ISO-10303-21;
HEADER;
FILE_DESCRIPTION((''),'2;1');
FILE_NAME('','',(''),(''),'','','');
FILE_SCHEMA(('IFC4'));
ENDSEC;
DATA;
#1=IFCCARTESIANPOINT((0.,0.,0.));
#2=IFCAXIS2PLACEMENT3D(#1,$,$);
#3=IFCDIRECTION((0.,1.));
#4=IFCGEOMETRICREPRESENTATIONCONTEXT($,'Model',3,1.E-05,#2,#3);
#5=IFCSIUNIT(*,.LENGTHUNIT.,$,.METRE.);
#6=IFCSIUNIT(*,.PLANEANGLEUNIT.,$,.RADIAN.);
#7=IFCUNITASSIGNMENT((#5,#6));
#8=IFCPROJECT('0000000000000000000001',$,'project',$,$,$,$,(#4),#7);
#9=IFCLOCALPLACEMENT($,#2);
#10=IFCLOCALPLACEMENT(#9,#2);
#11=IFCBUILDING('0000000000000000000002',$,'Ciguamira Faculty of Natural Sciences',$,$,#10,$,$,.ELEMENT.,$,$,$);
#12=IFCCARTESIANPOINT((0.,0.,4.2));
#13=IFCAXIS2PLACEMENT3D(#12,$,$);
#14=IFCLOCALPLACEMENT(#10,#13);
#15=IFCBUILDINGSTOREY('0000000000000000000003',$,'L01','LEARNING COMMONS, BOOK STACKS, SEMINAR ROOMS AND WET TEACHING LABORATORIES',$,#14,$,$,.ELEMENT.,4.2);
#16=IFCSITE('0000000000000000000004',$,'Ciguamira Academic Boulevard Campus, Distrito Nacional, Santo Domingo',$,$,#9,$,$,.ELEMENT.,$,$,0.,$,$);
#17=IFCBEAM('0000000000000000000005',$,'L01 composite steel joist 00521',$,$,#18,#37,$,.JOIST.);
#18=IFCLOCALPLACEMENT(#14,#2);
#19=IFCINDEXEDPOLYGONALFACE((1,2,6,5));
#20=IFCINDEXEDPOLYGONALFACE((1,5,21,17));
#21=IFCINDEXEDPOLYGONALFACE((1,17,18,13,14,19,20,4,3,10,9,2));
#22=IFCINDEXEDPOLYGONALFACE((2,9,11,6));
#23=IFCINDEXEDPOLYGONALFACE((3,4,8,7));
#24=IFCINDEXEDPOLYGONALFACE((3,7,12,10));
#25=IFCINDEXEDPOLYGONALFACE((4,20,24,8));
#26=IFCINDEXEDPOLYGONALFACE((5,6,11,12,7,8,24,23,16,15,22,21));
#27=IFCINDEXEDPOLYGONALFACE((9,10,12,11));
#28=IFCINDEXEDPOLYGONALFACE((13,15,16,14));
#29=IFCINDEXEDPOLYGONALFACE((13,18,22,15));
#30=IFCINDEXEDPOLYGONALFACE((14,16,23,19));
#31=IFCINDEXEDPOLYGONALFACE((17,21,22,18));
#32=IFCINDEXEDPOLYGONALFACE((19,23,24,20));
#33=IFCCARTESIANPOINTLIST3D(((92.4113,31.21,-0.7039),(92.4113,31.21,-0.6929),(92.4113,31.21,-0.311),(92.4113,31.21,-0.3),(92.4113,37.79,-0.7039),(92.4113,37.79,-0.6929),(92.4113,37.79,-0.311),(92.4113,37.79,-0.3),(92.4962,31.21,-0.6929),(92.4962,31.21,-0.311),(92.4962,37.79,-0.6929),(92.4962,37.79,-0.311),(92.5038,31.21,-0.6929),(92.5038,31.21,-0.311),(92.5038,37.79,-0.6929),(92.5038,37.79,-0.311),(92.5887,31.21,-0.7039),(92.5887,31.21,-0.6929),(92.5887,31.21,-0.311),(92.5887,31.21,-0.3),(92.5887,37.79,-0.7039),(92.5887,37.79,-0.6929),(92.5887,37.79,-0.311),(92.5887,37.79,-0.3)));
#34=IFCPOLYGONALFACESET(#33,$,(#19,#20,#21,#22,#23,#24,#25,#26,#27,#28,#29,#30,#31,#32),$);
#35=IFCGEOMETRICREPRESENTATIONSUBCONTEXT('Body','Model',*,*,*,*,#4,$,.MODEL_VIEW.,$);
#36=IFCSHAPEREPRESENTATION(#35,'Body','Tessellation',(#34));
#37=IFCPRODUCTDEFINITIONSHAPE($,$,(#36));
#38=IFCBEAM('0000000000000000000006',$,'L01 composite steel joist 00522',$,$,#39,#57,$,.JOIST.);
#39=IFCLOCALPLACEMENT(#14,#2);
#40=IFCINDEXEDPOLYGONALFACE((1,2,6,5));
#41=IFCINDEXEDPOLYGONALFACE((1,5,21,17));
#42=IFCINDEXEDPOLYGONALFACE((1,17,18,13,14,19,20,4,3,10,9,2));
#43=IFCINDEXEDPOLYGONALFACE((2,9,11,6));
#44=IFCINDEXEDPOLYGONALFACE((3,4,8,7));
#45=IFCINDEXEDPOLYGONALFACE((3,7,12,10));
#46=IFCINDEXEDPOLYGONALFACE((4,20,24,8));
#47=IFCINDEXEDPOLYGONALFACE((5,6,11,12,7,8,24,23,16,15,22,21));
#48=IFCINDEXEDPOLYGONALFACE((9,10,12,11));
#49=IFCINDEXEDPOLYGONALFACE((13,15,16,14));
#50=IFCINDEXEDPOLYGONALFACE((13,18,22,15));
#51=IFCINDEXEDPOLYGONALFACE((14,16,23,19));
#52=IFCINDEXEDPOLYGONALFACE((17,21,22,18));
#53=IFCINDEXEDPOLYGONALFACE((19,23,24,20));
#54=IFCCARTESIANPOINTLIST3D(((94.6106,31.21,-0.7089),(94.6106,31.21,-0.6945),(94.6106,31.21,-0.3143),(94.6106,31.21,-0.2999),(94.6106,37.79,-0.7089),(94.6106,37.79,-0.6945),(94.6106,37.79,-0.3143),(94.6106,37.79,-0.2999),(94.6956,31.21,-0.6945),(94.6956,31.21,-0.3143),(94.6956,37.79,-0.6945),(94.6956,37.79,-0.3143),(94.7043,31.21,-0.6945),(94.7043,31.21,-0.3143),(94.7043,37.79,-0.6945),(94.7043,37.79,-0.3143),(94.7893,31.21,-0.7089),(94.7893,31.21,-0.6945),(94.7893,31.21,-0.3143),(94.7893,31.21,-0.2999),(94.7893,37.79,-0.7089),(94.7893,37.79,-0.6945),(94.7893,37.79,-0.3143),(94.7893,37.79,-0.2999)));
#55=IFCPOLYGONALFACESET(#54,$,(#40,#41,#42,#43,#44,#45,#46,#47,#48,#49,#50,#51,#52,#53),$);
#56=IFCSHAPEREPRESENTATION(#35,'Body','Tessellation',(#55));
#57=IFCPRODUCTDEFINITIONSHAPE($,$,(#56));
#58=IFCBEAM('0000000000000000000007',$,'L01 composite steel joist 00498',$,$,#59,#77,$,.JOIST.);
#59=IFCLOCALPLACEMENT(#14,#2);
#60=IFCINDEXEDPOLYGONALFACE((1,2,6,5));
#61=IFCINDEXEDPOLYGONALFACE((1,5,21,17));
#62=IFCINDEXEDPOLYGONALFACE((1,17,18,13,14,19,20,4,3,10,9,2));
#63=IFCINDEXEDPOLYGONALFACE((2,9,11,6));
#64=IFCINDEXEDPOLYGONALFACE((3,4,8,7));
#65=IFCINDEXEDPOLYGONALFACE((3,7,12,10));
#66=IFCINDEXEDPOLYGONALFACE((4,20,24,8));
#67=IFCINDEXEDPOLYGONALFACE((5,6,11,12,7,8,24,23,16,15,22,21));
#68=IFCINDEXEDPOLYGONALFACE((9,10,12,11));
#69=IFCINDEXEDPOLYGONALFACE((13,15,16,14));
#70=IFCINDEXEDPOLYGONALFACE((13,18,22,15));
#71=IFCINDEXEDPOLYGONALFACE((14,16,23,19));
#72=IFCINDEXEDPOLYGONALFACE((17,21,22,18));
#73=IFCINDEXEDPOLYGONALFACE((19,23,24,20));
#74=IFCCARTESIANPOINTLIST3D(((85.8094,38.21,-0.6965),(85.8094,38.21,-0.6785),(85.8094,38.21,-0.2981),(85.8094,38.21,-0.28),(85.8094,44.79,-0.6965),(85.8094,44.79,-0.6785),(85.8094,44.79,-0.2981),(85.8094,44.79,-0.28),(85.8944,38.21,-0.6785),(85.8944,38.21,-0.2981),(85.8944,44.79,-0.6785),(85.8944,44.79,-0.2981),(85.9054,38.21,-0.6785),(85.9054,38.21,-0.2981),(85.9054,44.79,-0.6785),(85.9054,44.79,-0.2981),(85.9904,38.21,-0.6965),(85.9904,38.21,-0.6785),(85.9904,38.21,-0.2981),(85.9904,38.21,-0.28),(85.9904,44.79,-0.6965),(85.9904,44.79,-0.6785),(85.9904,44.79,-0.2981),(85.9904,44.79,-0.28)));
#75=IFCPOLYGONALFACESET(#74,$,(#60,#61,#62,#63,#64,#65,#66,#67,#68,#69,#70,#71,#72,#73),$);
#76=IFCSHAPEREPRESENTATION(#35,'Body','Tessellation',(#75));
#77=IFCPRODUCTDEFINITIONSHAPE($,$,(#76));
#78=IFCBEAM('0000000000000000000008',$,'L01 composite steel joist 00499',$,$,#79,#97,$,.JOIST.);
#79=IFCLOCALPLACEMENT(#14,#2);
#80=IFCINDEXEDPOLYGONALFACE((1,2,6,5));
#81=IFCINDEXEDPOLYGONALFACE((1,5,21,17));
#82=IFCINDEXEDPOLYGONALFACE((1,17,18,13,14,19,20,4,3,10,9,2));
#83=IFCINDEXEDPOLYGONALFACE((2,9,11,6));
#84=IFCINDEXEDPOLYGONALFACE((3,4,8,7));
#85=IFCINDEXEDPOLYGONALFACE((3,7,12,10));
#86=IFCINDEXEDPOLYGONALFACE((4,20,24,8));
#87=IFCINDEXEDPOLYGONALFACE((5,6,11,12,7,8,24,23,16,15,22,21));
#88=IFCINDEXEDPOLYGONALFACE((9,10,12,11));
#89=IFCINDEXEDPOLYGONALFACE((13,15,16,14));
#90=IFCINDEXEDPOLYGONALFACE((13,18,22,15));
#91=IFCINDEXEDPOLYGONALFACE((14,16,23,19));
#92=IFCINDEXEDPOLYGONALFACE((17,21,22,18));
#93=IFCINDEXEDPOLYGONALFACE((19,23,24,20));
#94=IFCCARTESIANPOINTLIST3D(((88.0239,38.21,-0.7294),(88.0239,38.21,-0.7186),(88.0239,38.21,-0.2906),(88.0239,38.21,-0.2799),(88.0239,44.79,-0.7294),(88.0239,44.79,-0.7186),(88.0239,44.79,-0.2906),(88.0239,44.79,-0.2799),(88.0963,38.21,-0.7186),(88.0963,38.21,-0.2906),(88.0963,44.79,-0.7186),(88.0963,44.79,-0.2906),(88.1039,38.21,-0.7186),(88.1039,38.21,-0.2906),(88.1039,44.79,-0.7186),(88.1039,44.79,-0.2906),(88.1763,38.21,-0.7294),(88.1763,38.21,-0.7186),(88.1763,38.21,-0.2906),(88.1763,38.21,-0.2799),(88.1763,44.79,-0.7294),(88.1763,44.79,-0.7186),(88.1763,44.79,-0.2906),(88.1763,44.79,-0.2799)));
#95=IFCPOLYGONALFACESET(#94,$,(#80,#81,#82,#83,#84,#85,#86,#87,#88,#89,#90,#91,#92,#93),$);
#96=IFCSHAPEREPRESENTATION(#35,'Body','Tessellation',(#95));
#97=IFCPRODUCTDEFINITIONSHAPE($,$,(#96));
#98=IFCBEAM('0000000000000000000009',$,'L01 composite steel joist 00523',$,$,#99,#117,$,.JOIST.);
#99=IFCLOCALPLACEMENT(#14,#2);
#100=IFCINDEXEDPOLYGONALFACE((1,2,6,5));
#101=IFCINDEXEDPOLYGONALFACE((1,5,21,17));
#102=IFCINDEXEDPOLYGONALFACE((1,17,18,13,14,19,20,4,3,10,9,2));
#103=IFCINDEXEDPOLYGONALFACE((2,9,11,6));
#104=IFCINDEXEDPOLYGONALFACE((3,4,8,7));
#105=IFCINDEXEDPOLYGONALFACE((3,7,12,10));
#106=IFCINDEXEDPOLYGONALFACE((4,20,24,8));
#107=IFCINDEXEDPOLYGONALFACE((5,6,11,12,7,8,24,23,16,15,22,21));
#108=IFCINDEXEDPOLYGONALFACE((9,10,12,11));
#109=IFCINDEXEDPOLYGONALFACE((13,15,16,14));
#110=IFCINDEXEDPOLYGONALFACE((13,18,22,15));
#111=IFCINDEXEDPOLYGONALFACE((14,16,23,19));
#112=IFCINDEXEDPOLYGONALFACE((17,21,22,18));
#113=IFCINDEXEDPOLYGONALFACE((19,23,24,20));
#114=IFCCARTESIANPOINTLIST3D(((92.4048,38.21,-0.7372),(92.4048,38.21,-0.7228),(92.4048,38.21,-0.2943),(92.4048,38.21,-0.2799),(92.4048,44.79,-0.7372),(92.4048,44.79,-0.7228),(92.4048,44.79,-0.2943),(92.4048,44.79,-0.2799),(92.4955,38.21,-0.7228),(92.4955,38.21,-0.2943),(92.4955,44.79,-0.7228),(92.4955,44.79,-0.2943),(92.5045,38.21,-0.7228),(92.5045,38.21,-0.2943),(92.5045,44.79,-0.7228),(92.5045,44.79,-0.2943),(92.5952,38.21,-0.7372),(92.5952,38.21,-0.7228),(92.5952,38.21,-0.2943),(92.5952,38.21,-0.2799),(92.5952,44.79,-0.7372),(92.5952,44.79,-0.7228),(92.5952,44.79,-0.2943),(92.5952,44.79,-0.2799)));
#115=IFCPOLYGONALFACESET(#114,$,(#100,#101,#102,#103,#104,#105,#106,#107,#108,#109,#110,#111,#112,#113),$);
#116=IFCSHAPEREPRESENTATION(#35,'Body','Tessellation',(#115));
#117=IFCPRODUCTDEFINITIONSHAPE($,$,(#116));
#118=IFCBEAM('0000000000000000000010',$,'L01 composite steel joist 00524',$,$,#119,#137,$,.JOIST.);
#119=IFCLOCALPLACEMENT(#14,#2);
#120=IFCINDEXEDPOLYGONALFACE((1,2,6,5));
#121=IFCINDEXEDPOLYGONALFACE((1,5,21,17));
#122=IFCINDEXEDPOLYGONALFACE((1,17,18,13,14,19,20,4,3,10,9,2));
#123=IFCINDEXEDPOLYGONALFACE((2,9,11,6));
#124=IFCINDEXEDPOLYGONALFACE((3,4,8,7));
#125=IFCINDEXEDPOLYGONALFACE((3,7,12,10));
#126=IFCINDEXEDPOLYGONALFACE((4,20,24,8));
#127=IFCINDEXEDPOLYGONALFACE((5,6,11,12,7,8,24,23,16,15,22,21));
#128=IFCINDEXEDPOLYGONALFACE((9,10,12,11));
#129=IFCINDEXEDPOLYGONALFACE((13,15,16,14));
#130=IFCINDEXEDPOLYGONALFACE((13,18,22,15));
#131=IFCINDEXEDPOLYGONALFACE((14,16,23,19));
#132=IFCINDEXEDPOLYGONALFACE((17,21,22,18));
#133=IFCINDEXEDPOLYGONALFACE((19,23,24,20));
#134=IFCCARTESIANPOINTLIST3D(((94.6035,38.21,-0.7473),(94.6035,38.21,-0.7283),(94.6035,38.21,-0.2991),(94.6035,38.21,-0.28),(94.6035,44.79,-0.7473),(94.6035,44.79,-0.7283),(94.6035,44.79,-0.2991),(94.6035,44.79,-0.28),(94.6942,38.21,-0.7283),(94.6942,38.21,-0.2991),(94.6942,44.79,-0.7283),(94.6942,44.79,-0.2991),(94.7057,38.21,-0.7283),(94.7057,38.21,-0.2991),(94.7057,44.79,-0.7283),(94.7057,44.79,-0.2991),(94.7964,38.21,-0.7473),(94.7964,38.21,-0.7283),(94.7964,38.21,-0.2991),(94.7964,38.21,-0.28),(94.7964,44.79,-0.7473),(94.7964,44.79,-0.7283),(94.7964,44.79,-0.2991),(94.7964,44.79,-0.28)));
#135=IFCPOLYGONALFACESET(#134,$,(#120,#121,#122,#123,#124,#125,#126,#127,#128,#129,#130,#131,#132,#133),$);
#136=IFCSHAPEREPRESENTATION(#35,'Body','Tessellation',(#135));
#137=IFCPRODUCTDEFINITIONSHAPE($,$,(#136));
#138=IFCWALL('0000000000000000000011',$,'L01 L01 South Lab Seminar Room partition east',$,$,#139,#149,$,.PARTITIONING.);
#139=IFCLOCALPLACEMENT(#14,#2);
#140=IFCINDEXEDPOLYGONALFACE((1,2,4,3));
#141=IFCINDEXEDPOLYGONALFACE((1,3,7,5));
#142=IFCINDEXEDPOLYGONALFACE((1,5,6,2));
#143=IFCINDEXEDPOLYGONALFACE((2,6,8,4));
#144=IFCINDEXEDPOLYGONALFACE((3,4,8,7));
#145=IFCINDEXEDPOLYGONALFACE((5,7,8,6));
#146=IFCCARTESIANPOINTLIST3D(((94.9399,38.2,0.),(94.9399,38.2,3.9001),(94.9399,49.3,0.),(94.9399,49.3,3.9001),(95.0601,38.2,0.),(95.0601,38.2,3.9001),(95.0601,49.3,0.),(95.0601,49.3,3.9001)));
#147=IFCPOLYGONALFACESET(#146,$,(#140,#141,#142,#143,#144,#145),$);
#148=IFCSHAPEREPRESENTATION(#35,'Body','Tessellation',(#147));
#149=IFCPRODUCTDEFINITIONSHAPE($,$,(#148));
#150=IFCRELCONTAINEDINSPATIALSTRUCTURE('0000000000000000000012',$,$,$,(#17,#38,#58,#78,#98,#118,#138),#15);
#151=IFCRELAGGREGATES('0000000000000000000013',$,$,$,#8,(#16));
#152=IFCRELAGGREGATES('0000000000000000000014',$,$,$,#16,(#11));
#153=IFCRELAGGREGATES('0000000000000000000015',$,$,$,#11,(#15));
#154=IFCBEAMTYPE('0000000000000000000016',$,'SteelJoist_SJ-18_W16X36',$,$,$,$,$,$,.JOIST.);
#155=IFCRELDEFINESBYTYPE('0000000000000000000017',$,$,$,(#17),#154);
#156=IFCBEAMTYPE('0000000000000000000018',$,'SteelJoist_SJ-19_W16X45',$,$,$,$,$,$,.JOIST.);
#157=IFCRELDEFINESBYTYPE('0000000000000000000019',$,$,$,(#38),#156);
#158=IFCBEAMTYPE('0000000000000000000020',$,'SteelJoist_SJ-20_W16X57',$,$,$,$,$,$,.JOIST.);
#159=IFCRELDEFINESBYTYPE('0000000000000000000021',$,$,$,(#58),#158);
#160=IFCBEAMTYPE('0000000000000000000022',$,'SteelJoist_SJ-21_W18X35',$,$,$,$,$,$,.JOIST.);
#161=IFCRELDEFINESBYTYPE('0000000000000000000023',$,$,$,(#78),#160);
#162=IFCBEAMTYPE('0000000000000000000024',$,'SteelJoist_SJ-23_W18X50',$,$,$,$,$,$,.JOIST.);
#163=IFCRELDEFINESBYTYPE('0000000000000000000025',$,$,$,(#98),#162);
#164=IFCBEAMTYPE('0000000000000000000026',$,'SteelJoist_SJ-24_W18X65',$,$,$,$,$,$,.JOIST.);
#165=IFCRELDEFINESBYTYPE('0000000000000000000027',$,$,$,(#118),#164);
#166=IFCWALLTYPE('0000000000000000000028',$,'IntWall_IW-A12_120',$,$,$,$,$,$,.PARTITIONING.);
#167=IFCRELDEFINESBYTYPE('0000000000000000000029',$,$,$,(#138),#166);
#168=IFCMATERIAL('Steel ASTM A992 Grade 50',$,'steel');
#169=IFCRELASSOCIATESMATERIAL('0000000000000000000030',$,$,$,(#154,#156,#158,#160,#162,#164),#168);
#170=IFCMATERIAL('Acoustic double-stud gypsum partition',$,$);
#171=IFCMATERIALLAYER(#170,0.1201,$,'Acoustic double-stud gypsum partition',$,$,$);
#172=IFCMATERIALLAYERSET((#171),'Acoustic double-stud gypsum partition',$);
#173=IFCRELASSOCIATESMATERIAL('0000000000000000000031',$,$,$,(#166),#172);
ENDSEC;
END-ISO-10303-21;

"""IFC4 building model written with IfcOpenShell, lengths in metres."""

from ifc_helpers import new_model, si_unit, direction, frame, frame_2d, origin, origin_2d, place, context, subcontext, project, spatial, rectangle, i_section, extrude, material, layer, layer_set, material_profile, profile_set, type_object, element, save


model = new_model("IFC4")

# Units and contexts
model_context = context("Model", 3, precision=1e-05, world=origin(), true_north=direction((0.0, 1.0)))
body_context = subcontext(model_context, "Body", "Model", "MODEL_VIEW")
ifc_project = project(units=[si_unit("LENGTHUNIT", "METRE"), si_unit("PLANEANGLEUNIT", "RADIAN")], contexts=[model_context])

# Site, building, storey
site_placement = place(None, origin())
site = spatial("IfcSite", under=ifc_project, at=site_placement, Name="Ciguamira Academic Boulevard Campus, Distrito Nacional, Santo Domingo", CompositionType="ELEMENT", RefElevation=0.0)
building_placement = place(site_placement, origin())
building = spatial("IfcBuilding", under=site, at=building_placement, Name="Ciguamira Faculty of Natural Sciences", CompositionType="ELEMENT")
storey_placement = place(building_placement, frame((0.0, 0.0, 4.2)))
storey = spatial("IfcBuildingStorey", under=building, at=storey_placement, Name="L01", Description="LEARNING COMMONS, BOOK STACKS, SEMINAR ROOMS AND WET TEACHING LABORATORIES", CompositionType="ELEMENT", Elevation=4.2)

# Beams
ifc_material_1 = material(Name="Steel ASTM A992 Grade 50", Category="steel")
ifc_material_profile_1 = material_profile(ifc_material_1, i_section(OverallWidth=0.1775, OverallDepth=0.4038, WebThickness=0.0076, FlangeThickness=0.011, at=origin_2d()), Name="W16X36")
ifc_profile_set_1 = profile_set([ifc_material_profile_1], Name="Steel ASTM A992 Grade 50")
beam_type_1 = type_object("IfcBeamType", Name="SteelJoist_SJ-18_W16X36", PredefinedType="JOIST", material=ifc_profile_set_1)
beam_1_placement = place(storey_placement, frame((92.5, 31.21, -0.502), z_axis=(0.0, 1.0, 0.0), x_axis=(-1.0, 0.0, 0.0)))
element("IfcBeam", 1, at=beam_1_placement, inside=storey, type_object=beam_type_1, Name="L01 composite steel joist 00521", PredefinedType="JOIST", context=body_context, shape_type="SweptSolid", body=[
    extrude(i_section(OverallWidth=0.1775, OverallDepth=0.4038, WebThickness=0.0076, FlangeThickness=0.011, at=origin_2d()), origin(), (0.0, 0.0, 1.0), 6.5801),
])
ifc_material_profile_2 = material_profile(ifc_material_1, i_section(OverallWidth=0.1787, OverallDepth=0.4089, WebThickness=0.0088, FlangeThickness=0.0144, at=origin_2d()), Name="W16X45")
ifc_profile_set_2 = profile_set([ifc_material_profile_2], Name="Steel ASTM A992 Grade 50")
beam_type_2 = type_object("IfcBeamType", Name="SteelJoist_SJ-19_W16X45", PredefinedType="JOIST", material=ifc_profile_set_2)
beam_2_placement = place(storey_placement, frame((94.7, 31.21, -0.5044), z_axis=(0.0, 1.0, 0.0), x_axis=(-1.0, 0.0, 0.0)))
element("IfcBeam", 2, at=beam_2_placement, inside=storey, type_object=beam_type_2, Name="L01 composite steel joist 00522", PredefinedType="JOIST", context=body_context, shape_type="SweptSolid", body=[
    extrude(i_section(OverallWidth=0.1787, OverallDepth=0.4089, WebThickness=0.0088, FlangeThickness=0.0144, at=origin_2d()), origin(), (0.0, 0.0, 1.0), 6.5801),
])
ifc_material_profile_3 = material_profile(ifc_material_1, i_section(OverallWidth=0.1809, OverallDepth=0.4165, WebThickness=0.011, FlangeThickness=0.0181, at=origin_2d()), Name="W16X57")
ifc_profile_set_3 = profile_set([ifc_material_profile_3], Name="Steel ASTM A992 Grade 50")
beam_type_3 = type_object("IfcBeamType", Name="SteelJoist_SJ-20_W16X57", PredefinedType="JOIST", material=ifc_profile_set_3)
beam_3_placement = place(storey_placement, frame((85.8999, 38.21, -0.4883), z_axis=(0.0, 1.0, 0.0), x_axis=(-1.0, 0.0, 0.0)))
element("IfcBeam", 3, at=beam_3_placement, inside=storey, type_object=beam_type_3, Name="L01 composite steel joist 00498", PredefinedType="JOIST", context=body_context, shape_type="SweptSolid", body=[
    extrude(i_section(OverallWidth=0.1809, OverallDepth=0.4165, WebThickness=0.011, FlangeThickness=0.0181, at=origin_2d()), origin(), (0.0, 0.0, 1.0), 6.5801),
])
ifc_material_profile_4 = material_profile(ifc_material_1, i_section(OverallWidth=0.1523, OverallDepth=0.4495, WebThickness=0.0076, FlangeThickness=0.0107, at=origin_2d()), Name="W18X35")
ifc_profile_set_4 = profile_set([ifc_material_profile_4], Name="Steel ASTM A992 Grade 50")
beam_type_4 = type_object("IfcBeamType", Name="SteelJoist_SJ-21_W18X35", PredefinedType="JOIST", material=ifc_profile_set_4)
beam_4_placement = place(storey_placement, frame((88.1001, 38.21, -0.5046), z_axis=(0.0, 1.0, 0.0), x_axis=(-1.0, 0.0, 0.0)))
element("IfcBeam", 4, at=beam_4_placement, inside=storey, type_object=beam_type_4, Name="L01 composite steel joist 00499", PredefinedType="JOIST", context=body_context, shape_type="SweptSolid", body=[
    extrude(i_section(OverallWidth=0.1523, OverallDepth=0.4495, WebThickness=0.0076, FlangeThickness=0.0107, at=origin_2d()), origin(), (0.0, 0.0, 1.0), 6.5801),
])
ifc_material_profile_5 = material_profile(ifc_material_1, i_section(OverallWidth=0.1904, OverallDepth=0.4573, WebThickness=0.009, FlangeThickness=0.0144, at=origin_2d()), Name="W18X50")
ifc_profile_set_5 = profile_set([ifc_material_profile_5], Name="Steel ASTM A992 Grade 50")
beam_type_5 = type_object("IfcBeamType", Name="SteelJoist_SJ-23_W18X50", PredefinedType="JOIST", material=ifc_profile_set_5)
beam_5_placement = place(storey_placement, frame((92.5, 38.21, -0.5085), z_axis=(0.0, 1.0, 0.0), x_axis=(-1.0, 0.0, 0.0)))
element("IfcBeam", 5, at=beam_5_placement, inside=storey, type_object=beam_type_5, Name="L01 composite steel joist 00523", PredefinedType="JOIST", context=body_context, shape_type="SweptSolid", body=[
    extrude(i_section(OverallWidth=0.1904, OverallDepth=0.4573, WebThickness=0.009, FlangeThickness=0.0144, at=origin_2d()), origin(), (0.0, 0.0, 1.0), 6.5801),
])
ifc_material_profile_6 = material_profile(ifc_material_1, i_section(OverallWidth=0.1929, OverallDepth=0.4673, WebThickness=0.0115, FlangeThickness=0.019, at=origin_2d()), Name="W18X65")
ifc_profile_set_6 = profile_set([ifc_material_profile_6], Name="Steel ASTM A992 Grade 50")
beam_type_6 = type_object("IfcBeamType", Name="SteelJoist_SJ-24_W18X65", PredefinedType="JOIST", material=ifc_profile_set_6)
beam_6_placement = place(storey_placement, frame((94.7, 38.21, -0.5137), z_axis=(0.0, 1.0, 0.0), x_axis=(-1.0, 0.0, 0.0)))
element("IfcBeam", 6, at=beam_6_placement, inside=storey, type_object=beam_type_6, Name="L01 composite steel joist 00524", PredefinedType="JOIST", context=body_context, shape_type="SweptSolid", body=[
    extrude(i_section(OverallWidth=0.1929, OverallDepth=0.4673, WebThickness=0.0115, FlangeThickness=0.019, at=origin_2d()), origin(), (0.0, 0.0, 1.0), 6.5801),
])

# Wall
ifc_material_2 = material(Name="Acoustic double-stud gypsum partition")
ifc_layer = layer(ifc_material_2, 0.1201, Name="Acoustic double-stud gypsum partition")
ifc_layer_set = layer_set([ifc_layer], Name="Acoustic double-stud gypsum partition")
wall_type = type_object("IfcWallType", Name="IntWall_IW-A12_120", PredefinedType="PARTITIONING", material=ifc_layer_set)
wall_placement = place(storey_placement, frame((95.0, 38.2, 0.0), z_axis=(0.0, 0.0, 1.0), x_axis=(0.0, 1.0, 0.0)))
element("IfcWall", 7, at=wall_placement, inside=storey, type_object=wall_type, Name="L01 L01 South Lab Seminar Room partition east", PredefinedType="PARTITIONING", context=body_context, shape_type="SweptSolid", body=[
    extrude(rectangle(XDim=11.1001, YDim=0.1201, at=frame_2d((5.55, 0.0))), origin(), (0.0, 0.0, 1.0), 3.9001),
])

save(model, "model.ifc")
